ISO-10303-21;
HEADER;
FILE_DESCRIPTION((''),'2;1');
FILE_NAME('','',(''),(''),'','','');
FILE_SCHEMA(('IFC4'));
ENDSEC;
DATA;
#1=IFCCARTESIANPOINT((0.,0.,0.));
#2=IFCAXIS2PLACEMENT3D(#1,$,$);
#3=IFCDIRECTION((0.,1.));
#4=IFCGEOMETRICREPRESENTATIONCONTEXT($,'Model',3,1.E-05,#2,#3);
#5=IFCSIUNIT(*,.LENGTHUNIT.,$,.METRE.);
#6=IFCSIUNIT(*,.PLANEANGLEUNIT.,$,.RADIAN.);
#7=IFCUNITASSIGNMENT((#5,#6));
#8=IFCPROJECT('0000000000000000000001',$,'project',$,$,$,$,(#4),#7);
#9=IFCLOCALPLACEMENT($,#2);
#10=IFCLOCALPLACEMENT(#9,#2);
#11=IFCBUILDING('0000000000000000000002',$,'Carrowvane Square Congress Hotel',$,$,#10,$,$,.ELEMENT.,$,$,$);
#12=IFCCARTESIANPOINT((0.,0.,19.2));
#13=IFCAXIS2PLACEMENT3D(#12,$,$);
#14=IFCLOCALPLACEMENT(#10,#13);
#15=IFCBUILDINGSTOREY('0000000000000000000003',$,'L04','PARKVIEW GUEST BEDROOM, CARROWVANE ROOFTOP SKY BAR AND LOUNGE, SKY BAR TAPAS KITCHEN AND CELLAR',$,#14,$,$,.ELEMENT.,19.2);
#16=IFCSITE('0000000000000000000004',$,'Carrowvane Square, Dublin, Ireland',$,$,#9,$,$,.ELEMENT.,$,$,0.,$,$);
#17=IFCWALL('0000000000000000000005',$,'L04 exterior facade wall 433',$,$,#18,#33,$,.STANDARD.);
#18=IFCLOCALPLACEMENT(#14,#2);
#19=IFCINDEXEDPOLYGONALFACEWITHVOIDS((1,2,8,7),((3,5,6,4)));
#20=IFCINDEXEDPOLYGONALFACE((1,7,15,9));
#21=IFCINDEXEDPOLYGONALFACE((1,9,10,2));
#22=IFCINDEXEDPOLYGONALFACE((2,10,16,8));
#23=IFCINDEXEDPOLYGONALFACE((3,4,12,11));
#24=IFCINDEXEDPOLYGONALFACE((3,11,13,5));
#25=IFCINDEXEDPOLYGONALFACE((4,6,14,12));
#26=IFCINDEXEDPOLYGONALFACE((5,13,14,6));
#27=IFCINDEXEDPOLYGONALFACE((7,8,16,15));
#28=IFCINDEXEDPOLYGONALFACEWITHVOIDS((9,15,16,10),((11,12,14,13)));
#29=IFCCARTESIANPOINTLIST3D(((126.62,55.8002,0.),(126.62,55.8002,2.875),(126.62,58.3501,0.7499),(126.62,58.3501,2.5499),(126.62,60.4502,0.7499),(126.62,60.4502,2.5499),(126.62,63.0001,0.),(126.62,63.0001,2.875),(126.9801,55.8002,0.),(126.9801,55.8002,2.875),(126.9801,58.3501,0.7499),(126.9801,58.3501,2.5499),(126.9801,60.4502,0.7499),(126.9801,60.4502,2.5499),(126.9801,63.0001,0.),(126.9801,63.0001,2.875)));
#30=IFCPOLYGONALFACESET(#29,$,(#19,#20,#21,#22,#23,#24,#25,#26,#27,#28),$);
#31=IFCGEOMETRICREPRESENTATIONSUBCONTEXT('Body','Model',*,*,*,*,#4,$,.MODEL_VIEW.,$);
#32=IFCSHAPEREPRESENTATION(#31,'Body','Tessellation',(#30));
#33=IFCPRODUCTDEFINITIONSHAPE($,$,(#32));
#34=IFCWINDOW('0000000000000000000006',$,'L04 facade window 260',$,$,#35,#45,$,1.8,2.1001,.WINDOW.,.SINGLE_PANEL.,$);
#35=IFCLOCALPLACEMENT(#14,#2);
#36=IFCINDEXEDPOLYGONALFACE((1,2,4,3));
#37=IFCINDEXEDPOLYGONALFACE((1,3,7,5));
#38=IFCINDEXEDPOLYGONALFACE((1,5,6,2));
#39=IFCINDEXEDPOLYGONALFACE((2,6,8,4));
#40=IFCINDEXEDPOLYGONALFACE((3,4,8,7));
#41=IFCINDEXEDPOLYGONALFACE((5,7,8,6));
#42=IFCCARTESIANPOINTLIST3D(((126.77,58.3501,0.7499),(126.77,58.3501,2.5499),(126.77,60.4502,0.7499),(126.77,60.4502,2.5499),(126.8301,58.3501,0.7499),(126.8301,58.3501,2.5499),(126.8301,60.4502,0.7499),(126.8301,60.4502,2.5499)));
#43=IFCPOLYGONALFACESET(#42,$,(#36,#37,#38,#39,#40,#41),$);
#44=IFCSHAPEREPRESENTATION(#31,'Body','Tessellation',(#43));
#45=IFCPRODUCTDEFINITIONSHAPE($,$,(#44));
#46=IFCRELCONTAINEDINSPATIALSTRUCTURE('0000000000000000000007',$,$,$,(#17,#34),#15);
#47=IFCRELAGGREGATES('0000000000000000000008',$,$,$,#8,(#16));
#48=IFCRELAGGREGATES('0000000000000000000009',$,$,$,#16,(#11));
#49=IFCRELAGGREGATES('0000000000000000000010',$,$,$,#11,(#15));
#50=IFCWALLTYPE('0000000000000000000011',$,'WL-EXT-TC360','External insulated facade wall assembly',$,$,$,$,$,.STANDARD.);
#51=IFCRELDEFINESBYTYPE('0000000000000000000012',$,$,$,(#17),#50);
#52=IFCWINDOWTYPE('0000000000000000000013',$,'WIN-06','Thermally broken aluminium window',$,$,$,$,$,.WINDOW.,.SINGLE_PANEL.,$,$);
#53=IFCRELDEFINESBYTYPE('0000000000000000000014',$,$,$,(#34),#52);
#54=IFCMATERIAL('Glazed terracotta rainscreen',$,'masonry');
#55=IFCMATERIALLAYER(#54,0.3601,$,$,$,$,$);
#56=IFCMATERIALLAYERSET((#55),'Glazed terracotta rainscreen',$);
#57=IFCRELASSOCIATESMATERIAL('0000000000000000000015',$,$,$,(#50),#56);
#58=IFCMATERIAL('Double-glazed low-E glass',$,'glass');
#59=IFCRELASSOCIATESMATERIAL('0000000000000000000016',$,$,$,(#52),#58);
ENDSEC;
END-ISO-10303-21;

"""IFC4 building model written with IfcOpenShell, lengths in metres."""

from ifc_helpers import new_model, si_unit, direction, frame, frame_2d, origin, place, context, subcontext, project, spatial, rectangle, extrude, material, layer, layer_set, type_object, element, fill, save


model = new_model("IFC4")

# Units and contexts
model_context = context("Model", 3, precision=1e-05, world=origin(), true_north=direction((0.0, 1.0)))
body_context = subcontext(model_context, "Body", "Model", "MODEL_VIEW")
ifc_project = project(units=[si_unit("LENGTHUNIT", "METRE"), si_unit("PLANEANGLEUNIT", "RADIAN")], contexts=[model_context])

# Site, building, storey
site_placement = place(None, origin())
site = spatial("IfcSite", under=ifc_project, at=site_placement, Name="Carrowvane Square, Dublin, Ireland", CompositionType="ELEMENT", RefElevation=0.0)
building_placement = place(site_placement, origin())
building = spatial("IfcBuilding", under=site, at=building_placement, Name="Carrowvane Square Congress Hotel", CompositionType="ELEMENT")
storey_placement = place(building_placement, frame((0.0, 0.0, 19.2)))
storey = spatial("IfcBuildingStorey", under=building, at=storey_placement, Name="L04", Description="PARKVIEW GUEST BEDROOM, CARROWVANE ROOFTOP SKY BAR AND LOUNGE, SKY BAR TAPAS KITCHEN AND CELLAR", CompositionType="ELEMENT", Elevation=19.2)

# Wall, opening, window
ifc_material_1 = material(Name="Glazed terracotta rainscreen", Category="masonry")
ifc_layer_1 = layer(ifc_material_1, 0.3601)
ifc_layer_set_1 = layer_set([ifc_layer_1], Name="Glazed terracotta rainscreen")
wall_type = type_object("IfcWallType", Name="WL-EXT-TC360", Description="External insulated facade wall assembly", PredefinedType="STANDARD", material=ifc_layer_set_1)
wall_placement = place(storey_placement, frame((126.8, 55.8, 0.0), z_axis=(0.0, 0.0, 1.0), x_axis=(0.0, 1.0, 0.0)))
wall = element("IfcWall", 1, at=wall_placement, inside=storey, type_object=wall_type, Name="L04 exterior facade wall 433", PredefinedType="STANDARD", context=body_context, shape_type="SweptSolid", body=[
    extrude(rectangle(XDim=7.2, YDim=0.3601, at=frame_2d((3.6001, 0.0))), origin(), (0.0, 0.0, 1.0), 2.875),
])
opening_placement = place(wall_placement, frame((2.55, 0.0, 0.75)))
opening = element("IfcOpeningElement", 2, at=opening_placement, cuts=wall, PredefinedType="OPENING", context=body_context, shape_type="SweptSolid", body=[
    extrude(rectangle(XDim=2.1001, YDim=1.8, at=frame_2d((1.05, 0.8999))), frame((0.0, 0.1899, 0.0), z_axis=(0.0, -1.0, 0.0), x_axis=(1.0, 0.0, 0.0)), (0.0, 0.0, 1.0), 0.3801),
])
ifc_material_2 = material(Name="Double-glazed low-E glass", Category="glass")
window_type = type_object("IfcWindowType", Name="WIN-06", Description="Thermally broken aluminium window", PartitioningType="SINGLE_PANEL", PredefinedType="WINDOW", material=ifc_material_2)
window_placement = place(opening_placement, origin())
window = element("IfcWindow", 3, at=window_placement, inside=storey, type_object=window_type, Name="L04 facade window 260", OverallHeight=1.8, OverallWidth=2.1001, PartitioningType="SINGLE_PANEL", PredefinedType="WINDOW", context=body_context, shape_type="SweptSolid", body=[
    extrude(rectangle(XDim=2.1001, YDim=1.8, at=frame_2d((1.05, 0.8999))), frame((0.0, 0.03, 0.0), z_axis=(0.0, -1.0, 0.0), x_axis=(1.0, 0.0, 0.0)), (0.0, 0.0, 1.0), 0.0601),
])
fill(opening, window)

save(model, "model.ifc")
